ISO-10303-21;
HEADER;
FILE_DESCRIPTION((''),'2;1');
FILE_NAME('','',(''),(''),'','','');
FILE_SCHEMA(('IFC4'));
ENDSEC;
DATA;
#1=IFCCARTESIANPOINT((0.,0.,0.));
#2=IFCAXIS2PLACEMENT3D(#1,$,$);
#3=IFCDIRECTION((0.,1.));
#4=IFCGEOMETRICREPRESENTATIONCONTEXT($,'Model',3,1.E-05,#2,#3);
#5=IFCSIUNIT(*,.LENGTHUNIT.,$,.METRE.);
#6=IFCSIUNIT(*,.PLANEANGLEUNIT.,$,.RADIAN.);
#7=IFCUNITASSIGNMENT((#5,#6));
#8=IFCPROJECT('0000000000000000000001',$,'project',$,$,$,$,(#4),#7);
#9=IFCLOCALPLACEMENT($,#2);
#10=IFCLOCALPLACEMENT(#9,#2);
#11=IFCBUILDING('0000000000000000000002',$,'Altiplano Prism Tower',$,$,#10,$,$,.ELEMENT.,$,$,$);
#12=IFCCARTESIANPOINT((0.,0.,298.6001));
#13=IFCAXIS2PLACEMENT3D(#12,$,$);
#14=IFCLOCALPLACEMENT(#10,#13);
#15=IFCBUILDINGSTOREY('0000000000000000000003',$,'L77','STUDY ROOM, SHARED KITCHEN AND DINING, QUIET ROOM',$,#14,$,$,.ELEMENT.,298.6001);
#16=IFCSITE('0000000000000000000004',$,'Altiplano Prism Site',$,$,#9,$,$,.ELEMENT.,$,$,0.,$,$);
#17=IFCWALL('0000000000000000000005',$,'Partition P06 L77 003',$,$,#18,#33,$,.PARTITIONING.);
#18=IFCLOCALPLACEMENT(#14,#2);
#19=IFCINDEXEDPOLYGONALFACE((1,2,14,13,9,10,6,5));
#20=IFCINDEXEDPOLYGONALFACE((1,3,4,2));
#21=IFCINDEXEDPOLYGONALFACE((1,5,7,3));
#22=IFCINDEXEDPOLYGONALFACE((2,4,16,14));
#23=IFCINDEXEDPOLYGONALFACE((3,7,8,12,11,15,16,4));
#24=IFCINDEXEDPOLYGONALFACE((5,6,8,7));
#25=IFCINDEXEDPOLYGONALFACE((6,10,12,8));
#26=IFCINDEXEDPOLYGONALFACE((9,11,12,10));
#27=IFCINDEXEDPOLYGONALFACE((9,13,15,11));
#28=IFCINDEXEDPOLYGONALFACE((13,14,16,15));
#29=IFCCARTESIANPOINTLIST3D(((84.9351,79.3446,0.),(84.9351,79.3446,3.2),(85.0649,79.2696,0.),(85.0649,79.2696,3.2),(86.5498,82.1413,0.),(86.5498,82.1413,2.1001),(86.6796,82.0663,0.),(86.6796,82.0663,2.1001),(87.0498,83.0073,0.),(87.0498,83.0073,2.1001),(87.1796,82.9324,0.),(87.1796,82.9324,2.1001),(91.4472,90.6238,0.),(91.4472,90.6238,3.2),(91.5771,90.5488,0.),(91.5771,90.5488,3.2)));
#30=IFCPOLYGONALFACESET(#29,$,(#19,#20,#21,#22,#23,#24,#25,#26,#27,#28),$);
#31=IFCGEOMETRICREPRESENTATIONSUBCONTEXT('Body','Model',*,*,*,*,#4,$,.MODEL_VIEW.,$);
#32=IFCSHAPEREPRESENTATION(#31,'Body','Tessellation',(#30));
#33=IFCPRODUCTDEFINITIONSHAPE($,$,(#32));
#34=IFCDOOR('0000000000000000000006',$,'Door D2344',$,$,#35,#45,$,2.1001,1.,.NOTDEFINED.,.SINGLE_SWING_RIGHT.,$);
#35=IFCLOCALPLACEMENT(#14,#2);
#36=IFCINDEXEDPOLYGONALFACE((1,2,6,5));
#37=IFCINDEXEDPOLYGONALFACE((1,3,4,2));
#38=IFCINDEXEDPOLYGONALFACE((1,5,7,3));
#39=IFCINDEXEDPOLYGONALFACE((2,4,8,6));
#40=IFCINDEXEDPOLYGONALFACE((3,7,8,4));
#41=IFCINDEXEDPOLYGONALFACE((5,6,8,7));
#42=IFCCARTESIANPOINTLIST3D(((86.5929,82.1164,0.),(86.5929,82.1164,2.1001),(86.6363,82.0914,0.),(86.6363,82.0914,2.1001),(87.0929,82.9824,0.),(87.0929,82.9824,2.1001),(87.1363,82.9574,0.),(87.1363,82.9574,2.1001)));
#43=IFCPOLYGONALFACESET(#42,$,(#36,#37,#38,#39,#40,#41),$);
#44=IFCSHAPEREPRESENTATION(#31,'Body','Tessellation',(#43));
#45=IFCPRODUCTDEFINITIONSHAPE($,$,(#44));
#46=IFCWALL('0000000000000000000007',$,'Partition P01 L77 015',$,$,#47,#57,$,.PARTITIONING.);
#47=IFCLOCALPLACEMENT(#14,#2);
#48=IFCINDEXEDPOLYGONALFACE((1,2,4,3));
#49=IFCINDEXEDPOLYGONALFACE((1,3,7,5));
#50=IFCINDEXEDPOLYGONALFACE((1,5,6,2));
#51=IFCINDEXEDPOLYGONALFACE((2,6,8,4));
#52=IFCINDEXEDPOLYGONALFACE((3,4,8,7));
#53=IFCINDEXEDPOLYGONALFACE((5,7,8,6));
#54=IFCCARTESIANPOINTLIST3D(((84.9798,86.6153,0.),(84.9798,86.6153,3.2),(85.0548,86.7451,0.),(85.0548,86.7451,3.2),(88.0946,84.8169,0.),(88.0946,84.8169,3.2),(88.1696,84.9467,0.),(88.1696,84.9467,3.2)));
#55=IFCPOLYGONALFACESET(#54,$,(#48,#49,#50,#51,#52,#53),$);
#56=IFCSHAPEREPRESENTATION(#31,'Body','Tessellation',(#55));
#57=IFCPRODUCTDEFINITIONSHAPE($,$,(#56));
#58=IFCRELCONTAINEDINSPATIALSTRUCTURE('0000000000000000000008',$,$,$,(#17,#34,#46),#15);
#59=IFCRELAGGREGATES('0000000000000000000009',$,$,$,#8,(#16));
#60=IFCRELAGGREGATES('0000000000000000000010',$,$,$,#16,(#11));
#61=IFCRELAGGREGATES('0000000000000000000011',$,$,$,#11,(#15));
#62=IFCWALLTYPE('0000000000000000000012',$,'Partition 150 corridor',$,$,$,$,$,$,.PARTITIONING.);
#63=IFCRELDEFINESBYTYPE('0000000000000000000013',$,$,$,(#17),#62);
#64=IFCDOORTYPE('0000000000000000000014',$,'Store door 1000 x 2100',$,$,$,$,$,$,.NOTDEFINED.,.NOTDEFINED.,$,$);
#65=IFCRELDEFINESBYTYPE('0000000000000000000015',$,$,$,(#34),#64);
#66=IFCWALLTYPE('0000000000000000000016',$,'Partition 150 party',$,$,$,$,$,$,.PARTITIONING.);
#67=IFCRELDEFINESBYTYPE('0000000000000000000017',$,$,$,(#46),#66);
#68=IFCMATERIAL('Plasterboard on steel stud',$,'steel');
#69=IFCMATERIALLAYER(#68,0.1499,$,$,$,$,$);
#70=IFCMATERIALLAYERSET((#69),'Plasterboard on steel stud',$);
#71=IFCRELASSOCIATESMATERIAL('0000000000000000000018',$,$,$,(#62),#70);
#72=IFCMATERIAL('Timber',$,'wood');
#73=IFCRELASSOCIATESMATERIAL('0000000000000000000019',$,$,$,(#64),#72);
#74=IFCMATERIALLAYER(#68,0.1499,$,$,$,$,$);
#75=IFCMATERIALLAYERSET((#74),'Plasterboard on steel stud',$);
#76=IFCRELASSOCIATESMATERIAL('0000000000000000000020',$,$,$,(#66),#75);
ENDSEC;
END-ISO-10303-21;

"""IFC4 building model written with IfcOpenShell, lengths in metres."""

from ifc_helpers import new_model, si_unit, direction, frame, frame_2d, origin, place, context, subcontext, project, spatial, rectangle, extrude, material, layer, layer_set, type_object, element, fill, save


model = new_model("IFC4")

# Units and contexts
model_context = context("Model", 3, precision=1e-05, world=origin(), true_north=direction((0.0, 1.0)))
body_context = subcontext(model_context, "Body", "Model", "MODEL_VIEW")
ifc_project = project(units=[si_unit("LENGTHUNIT", "METRE"), si_unit("PLANEANGLEUNIT", "RADIAN")], contexts=[model_context])

# Site, building, storey
site_placement = place(None, origin())
site = spatial("IfcSite", under=ifc_project, at=site_placement, Name="Altiplano Prism Site", CompositionType="ELEMENT", RefElevation=0.0)
building_placement = place(site_placement, origin())
building = spatial("IfcBuilding", under=site, at=building_placement, Name="Altiplano Prism Tower", CompositionType="ELEMENT")
storey_placement = place(building_placement, frame((0.0, 0.0, 298.6001)))
storey = spatial("IfcBuildingStorey", under=building, at=storey_placement, Name="L77", Description="STUDY ROOM, SHARED KITCHEN AND DINING, QUIET ROOM", CompositionType="ELEMENT", Elevation=298.6001)

# Shared definitions
ifc_material_1 = material(Name="Plasterboard on steel stud", Category="steel")
ifc_material_2 = material(Name="Timber", Category="wood")

# Wall, opening, door
ifc_layer_1 = layer(ifc_material_1, 0.1499)
ifc_layer_set_1 = layer_set([ifc_layer_1], Name="Plasterboard on steel stud")
wall_type_1 = type_object("IfcWallType", Name="Partition 150 corridor", PredefinedType="PARTITIONING", material=ifc_layer_set_1)
wall_1_placement = place(storey_placement, frame((91.5122, 90.5864, 0.0), z_axis=(0.0, 0.0, 1.0), x_axis=(-0.500006, -0.866022, 0.0)))
wall_1 = element("IfcWall", 1, at=wall_1_placement, inside=storey, type_object=wall_type_1, Name="Partition P06 L77 003", PredefinedType="PARTITIONING", context=body_context, shape_type="SweptSolid", body=[
    extrude(rectangle(XDim=13.0242, YDim=0.1499, at=frame_2d((6.5122, 0.0))), origin(), (0.0, 0.0, 1.0), 3.2),
])
opening_1_placement = place(wall_1_placement, frame((8.7949, 0.0, 0.0)))
opening_1 = element("IfcOpeningElement", 2, at=opening_1_placement, cuts=wall_1, PredefinedType="OPENING", context=body_context, shape_type="SweptSolid", body=[
    extrude(rectangle(XDim=1.0, YDim=2.1001, at=frame_2d((0.5, 1.05))), frame((0.0, 0.0854, 0.0), z_axis=(0.0, -1.0, 0.0), x_axis=(1.0, 0.0, 0.0)), (0.0, 0.0, 1.0), 0.1709),
])
door_type_1 = type_object("IfcDoorType", Name="Store door 1000 x 2100", OperationType="NOTDEFINED", PredefinedType="NOTDEFINED", material=ifc_material_2)
door_1_placement = place(opening_1_placement, origin())
door_1 = element("IfcDoor", 3, at=door_1_placement, inside=storey, type_object=door_type_1, Name="Door D2344", OperationType="SINGLE_SWING_RIGHT", OverallHeight=2.1001, OverallWidth=1.0, PredefinedType="NOTDEFINED", context=body_context, shape_type="SweptSolid", body=[
    extrude(rectangle(XDim=1.0, YDim=2.1001, at=frame_2d((0.5, 1.05))), frame((0.0, 0.0249, 0.0), z_axis=(0.0, -1.0, 0.0), x_axis=(1.0, 0.0, 0.0)), (0.0, 0.0, 1.0), 0.05),
])
fill(opening_1, door_1)

# Wall
ifc_layer_2 = layer(ifc_material_1, 0.1499)
ifc_layer_set_2 = layer_set([ifc_layer_2], Name="Plasterboard on steel stud")
wall_type_2 = type_object("IfcWallType", Name="Partition 150 party", PredefinedType="PARTITIONING", material=ifc_layer_set_2)
wall_2_placement = place(storey_placement, frame((88.1321, 84.8818, 0.0), z_axis=(0.0, 0.0, 1.0), x_axis=(-0.866021, 0.500008, 0.0)))
element("IfcWall", 4, at=wall_2_placement, inside=storey, type_object=wall_type_2, Name="Partition P01 L77 015", PredefinedType="PARTITIONING", context=body_context, shape_type="SweptSolid", body=[
    extrude(rectangle(XDim=3.5967, YDim=0.1499, at=frame_2d((1.7983, 0.0))), origin(), (0.0, 0.0, 1.0), 3.2),
])

save(model, "model.ifc")
